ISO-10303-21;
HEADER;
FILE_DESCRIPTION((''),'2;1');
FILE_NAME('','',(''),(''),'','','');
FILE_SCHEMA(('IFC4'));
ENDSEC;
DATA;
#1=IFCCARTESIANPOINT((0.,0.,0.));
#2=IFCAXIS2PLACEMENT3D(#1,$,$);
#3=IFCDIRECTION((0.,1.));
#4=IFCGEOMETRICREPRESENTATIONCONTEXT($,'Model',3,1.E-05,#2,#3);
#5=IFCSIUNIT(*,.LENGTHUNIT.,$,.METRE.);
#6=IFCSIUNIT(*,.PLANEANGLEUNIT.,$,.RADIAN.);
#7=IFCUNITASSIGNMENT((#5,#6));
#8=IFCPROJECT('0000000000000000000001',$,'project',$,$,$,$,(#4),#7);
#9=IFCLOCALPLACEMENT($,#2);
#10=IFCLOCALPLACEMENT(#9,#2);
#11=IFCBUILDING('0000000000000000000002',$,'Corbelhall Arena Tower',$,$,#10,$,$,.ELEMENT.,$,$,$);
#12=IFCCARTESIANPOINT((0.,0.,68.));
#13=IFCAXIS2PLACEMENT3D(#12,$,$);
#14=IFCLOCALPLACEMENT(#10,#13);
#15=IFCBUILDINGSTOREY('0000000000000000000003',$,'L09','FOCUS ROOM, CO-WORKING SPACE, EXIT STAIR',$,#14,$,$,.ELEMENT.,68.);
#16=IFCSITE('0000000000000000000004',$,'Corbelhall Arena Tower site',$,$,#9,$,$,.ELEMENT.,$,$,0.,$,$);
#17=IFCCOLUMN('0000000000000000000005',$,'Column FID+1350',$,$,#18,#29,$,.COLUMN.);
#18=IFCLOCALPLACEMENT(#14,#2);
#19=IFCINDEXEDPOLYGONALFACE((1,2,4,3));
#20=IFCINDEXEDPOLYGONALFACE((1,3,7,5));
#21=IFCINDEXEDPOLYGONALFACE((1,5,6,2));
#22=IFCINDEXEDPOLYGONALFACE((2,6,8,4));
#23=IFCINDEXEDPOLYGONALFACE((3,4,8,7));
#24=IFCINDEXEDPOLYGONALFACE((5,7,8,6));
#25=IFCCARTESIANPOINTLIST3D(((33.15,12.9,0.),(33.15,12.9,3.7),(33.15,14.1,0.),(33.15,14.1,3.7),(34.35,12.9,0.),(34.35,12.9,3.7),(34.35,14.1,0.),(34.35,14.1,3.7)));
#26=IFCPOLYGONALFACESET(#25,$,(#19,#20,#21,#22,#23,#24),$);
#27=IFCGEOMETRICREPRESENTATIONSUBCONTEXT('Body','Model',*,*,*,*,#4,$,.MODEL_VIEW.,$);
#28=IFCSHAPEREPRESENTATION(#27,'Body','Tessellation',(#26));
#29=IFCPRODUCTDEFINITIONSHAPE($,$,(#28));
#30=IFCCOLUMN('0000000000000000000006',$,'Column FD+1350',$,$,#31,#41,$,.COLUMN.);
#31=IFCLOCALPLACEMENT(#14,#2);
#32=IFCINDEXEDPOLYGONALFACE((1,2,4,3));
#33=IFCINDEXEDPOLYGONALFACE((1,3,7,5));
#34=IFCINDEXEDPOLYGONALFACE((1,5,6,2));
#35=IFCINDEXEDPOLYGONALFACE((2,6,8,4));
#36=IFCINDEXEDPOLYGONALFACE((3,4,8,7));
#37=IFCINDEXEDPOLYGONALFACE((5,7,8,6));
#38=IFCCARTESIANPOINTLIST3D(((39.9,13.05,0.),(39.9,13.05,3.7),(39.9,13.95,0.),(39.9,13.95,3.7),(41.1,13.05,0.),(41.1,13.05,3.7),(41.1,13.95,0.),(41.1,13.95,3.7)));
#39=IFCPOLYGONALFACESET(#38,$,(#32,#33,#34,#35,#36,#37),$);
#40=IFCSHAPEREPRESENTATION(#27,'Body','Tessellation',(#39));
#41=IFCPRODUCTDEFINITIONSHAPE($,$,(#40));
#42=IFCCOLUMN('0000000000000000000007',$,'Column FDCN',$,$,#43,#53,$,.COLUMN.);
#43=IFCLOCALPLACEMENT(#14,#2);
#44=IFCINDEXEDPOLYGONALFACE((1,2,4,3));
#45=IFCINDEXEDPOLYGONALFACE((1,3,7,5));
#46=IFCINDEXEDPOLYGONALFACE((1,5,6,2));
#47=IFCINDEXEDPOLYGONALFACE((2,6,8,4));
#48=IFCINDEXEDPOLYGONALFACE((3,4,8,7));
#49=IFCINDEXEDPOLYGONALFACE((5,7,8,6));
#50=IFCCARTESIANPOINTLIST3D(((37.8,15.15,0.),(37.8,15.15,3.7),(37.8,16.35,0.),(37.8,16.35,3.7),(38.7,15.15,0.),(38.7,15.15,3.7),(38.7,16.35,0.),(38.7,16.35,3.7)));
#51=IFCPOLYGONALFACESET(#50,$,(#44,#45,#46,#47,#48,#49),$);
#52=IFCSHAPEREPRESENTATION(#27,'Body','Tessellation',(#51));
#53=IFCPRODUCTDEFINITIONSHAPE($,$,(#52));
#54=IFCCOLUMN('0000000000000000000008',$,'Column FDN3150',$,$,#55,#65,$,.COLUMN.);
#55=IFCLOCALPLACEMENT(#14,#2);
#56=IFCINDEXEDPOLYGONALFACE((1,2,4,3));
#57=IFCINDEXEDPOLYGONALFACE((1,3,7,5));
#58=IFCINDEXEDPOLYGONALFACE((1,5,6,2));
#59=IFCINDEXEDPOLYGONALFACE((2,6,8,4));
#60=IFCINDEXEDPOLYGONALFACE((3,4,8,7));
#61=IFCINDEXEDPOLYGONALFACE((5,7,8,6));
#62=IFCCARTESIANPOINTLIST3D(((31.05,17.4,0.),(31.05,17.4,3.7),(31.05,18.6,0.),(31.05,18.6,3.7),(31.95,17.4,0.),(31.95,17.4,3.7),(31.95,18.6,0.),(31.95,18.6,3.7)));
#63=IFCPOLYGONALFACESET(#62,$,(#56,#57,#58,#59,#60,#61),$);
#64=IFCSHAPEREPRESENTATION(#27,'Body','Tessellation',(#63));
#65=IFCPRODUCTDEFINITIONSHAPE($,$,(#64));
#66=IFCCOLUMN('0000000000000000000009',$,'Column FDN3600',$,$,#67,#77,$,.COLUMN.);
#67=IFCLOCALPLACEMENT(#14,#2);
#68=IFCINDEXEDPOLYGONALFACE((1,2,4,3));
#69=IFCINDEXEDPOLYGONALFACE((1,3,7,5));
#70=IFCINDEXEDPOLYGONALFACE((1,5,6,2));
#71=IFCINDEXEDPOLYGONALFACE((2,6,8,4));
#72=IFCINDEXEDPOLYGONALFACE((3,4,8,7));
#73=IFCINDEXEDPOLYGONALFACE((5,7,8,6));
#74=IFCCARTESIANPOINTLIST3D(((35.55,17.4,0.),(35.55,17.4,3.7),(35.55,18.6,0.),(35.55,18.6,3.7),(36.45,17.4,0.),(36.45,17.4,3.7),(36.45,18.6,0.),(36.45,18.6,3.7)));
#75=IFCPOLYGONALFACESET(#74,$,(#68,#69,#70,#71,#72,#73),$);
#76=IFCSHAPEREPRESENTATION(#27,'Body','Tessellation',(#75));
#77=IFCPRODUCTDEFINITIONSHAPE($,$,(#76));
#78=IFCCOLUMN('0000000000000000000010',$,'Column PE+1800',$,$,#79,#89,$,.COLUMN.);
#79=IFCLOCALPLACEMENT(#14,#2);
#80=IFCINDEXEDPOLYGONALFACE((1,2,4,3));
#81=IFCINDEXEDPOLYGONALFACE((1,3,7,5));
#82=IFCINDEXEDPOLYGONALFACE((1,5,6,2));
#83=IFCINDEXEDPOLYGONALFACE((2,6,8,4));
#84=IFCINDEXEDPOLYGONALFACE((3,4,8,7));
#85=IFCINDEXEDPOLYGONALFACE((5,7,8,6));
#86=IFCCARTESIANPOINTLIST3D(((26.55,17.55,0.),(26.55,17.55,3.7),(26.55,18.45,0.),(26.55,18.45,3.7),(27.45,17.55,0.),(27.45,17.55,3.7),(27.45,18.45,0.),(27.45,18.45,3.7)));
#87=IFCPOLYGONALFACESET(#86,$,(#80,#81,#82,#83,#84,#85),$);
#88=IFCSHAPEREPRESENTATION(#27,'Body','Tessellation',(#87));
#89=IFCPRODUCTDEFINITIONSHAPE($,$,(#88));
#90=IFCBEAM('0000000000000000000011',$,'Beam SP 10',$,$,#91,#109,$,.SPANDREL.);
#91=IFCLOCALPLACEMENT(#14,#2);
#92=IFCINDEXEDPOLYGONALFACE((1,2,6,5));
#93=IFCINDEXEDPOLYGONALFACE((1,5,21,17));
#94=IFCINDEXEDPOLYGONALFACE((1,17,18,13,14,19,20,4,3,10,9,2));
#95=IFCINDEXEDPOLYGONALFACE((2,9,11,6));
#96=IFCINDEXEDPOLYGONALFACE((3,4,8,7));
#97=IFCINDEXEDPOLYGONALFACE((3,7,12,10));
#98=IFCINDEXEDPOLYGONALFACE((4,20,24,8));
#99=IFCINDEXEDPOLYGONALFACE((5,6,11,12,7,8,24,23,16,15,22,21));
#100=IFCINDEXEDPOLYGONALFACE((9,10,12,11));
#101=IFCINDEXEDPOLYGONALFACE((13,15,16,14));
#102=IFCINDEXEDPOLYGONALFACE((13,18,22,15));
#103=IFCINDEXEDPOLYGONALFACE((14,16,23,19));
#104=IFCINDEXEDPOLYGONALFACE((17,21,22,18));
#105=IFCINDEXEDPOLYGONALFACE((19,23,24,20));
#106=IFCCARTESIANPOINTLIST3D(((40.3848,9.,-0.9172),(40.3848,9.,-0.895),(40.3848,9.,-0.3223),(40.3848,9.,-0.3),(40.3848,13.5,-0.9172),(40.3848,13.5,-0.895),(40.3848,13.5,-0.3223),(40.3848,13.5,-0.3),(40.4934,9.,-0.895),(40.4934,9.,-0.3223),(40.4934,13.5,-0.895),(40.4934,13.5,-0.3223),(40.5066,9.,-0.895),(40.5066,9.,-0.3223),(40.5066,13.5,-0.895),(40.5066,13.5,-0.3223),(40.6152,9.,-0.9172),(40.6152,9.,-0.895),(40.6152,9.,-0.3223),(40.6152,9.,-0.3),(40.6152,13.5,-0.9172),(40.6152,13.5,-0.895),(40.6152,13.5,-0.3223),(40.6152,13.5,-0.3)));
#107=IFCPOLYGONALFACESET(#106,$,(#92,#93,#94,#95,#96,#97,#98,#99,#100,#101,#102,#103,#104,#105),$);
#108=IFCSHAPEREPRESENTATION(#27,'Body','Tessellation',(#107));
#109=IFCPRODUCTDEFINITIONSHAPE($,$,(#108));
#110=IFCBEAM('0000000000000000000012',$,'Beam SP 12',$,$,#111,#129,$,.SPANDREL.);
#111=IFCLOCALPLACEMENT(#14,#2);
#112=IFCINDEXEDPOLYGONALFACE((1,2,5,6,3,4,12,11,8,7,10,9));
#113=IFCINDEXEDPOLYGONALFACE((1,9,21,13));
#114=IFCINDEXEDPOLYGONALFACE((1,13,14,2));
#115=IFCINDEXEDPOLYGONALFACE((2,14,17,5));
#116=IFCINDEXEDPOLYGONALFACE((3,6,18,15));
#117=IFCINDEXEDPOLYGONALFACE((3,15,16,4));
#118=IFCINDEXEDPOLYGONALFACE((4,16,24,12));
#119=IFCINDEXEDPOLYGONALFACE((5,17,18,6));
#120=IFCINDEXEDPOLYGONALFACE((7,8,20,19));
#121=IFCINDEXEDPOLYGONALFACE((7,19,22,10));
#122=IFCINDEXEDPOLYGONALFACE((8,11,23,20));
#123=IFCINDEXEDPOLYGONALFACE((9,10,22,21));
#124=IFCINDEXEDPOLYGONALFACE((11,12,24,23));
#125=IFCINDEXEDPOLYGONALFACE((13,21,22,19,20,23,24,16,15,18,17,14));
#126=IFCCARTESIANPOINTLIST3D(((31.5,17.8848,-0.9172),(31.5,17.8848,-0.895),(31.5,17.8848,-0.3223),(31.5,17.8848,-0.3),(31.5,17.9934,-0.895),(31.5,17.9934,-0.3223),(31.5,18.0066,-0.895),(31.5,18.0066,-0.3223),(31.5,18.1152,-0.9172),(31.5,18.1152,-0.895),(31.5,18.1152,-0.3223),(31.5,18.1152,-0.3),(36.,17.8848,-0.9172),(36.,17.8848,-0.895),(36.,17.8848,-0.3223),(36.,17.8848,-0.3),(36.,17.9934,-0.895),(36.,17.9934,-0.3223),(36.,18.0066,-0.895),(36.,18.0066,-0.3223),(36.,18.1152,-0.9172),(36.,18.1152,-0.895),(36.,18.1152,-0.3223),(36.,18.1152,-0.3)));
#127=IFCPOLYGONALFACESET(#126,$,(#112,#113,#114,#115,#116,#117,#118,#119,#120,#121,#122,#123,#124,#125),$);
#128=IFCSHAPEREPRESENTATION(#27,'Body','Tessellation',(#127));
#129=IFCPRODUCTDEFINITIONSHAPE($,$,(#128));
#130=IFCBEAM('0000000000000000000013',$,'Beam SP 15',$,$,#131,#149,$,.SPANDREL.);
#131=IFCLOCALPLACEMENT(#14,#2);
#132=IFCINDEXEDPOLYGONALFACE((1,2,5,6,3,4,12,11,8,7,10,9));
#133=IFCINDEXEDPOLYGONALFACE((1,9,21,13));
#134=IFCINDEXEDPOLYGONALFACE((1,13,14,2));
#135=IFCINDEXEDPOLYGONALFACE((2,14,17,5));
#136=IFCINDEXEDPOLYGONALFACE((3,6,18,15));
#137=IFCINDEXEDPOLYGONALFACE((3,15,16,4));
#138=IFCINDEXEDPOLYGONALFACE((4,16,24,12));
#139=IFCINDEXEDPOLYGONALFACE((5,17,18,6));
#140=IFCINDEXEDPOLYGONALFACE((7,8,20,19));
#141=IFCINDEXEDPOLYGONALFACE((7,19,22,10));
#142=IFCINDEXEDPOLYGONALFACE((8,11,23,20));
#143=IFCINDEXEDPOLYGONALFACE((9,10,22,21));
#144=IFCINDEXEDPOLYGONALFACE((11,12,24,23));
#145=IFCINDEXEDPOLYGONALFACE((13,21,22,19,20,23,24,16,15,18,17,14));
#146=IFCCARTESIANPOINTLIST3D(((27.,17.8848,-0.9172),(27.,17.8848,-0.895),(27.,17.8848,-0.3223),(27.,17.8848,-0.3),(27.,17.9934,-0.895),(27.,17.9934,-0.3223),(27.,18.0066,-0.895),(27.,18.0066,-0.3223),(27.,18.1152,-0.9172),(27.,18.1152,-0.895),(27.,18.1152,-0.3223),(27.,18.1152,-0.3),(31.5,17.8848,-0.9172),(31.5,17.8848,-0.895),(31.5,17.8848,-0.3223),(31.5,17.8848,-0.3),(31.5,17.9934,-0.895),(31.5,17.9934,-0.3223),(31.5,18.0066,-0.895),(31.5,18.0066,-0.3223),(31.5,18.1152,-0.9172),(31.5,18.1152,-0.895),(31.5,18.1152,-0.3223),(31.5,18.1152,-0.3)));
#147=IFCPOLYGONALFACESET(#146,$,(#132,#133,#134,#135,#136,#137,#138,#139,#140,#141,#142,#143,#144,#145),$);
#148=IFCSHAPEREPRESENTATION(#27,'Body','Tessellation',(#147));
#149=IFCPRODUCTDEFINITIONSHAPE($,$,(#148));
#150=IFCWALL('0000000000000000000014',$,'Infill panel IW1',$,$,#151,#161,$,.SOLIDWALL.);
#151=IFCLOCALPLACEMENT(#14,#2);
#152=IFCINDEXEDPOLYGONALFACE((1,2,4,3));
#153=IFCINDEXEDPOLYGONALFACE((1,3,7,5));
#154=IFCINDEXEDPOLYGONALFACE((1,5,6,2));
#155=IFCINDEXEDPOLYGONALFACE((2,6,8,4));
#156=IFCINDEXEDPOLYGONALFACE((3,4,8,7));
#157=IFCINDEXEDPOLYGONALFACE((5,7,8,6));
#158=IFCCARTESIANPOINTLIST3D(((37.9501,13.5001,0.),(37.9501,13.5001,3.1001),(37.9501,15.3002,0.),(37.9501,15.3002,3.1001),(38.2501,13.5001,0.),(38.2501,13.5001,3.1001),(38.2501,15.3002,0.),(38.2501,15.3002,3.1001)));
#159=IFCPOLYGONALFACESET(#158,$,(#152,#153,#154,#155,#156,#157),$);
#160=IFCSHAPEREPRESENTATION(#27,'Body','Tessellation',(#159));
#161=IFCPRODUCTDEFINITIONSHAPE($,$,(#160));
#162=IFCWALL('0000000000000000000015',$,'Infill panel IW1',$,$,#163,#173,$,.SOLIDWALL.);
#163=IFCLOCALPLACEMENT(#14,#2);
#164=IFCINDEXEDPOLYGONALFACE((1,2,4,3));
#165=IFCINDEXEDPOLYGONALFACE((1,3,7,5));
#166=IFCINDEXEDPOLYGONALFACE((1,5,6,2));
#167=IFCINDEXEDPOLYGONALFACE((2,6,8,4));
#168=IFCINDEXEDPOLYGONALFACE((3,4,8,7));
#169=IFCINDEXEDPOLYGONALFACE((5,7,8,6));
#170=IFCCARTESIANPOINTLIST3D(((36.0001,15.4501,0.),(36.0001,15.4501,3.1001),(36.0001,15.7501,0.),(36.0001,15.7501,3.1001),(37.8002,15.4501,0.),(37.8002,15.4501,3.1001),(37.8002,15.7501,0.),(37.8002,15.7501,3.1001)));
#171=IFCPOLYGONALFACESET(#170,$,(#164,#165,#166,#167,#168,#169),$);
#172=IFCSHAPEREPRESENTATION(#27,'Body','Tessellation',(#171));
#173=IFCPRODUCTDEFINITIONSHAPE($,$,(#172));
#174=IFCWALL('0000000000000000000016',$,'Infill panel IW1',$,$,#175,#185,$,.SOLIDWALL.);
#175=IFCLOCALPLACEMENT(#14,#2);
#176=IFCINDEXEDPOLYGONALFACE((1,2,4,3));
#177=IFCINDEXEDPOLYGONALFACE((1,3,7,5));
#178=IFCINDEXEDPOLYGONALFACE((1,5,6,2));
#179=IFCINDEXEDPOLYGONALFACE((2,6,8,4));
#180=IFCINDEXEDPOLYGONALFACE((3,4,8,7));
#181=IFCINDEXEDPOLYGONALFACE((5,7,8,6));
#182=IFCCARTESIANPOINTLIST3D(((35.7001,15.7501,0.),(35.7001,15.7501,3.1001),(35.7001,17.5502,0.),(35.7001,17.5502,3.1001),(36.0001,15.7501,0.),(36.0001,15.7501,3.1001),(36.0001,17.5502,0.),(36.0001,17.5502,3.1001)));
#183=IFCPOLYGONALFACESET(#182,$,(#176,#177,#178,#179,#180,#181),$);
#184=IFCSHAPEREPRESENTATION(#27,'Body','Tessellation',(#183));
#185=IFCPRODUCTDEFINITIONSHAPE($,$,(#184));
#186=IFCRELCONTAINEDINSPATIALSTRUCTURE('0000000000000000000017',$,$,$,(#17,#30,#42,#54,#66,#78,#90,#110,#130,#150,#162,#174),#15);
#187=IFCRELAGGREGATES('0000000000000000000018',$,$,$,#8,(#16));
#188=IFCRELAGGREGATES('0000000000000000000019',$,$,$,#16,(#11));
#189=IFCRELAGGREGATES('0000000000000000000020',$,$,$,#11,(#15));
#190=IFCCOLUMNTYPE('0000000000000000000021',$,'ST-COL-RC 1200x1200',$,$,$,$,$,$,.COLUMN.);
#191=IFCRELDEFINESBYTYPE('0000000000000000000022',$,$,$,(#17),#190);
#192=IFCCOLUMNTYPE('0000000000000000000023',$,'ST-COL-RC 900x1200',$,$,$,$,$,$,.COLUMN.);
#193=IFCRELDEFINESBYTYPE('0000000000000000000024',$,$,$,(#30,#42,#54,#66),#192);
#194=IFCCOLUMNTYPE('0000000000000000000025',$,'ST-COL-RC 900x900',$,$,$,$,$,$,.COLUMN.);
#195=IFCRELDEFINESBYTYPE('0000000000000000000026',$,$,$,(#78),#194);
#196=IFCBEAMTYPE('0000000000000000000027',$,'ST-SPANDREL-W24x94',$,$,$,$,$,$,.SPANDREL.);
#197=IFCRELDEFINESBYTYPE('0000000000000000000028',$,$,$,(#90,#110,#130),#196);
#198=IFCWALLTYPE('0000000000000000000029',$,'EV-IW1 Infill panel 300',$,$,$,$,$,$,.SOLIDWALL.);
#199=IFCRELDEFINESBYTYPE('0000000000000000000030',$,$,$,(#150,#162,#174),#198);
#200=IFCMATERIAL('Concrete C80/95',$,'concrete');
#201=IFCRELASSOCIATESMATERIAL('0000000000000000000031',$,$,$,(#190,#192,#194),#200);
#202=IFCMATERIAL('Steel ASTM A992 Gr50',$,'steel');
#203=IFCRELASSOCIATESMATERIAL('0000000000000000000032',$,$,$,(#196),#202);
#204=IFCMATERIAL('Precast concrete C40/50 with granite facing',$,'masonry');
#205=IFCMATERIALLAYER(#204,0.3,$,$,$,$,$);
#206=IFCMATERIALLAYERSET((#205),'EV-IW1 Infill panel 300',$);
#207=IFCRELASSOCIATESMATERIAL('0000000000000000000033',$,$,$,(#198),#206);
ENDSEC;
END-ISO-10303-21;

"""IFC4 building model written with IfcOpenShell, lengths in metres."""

from ifc_helpers import new_model, si_unit, direction, frame, frame_2d, origin, origin_2d, place, context, subcontext, project, spatial, rectangle, i_section, extrude, material, layer, layer_set, material_profile, profile_set, type_object, element, save


model = new_model("IFC4")

# Units and contexts
model_context = context("Model", 3, precision=1e-05, world=origin(), true_north=direction((0.0, 1.0)))
body_context = subcontext(model_context, "Body", "Model", "MODEL_VIEW")
ifc_project = project(units=[si_unit("LENGTHUNIT", "METRE"), si_unit("PLANEANGLEUNIT", "RADIAN")], contexts=[model_context])

# Site, building, storey
site_placement = place(None, origin())
site = spatial("IfcSite", under=ifc_project, at=site_placement, Name="Corbelhall Arena Tower site", CompositionType="ELEMENT", RefElevation=0.0)
building_placement = place(site_placement, origin())
building = spatial("IfcBuilding", under=site, at=building_placement, Name="Corbelhall Arena Tower", CompositionType="ELEMENT")
storey_placement = place(building_placement, frame((0.0, 0.0, 68.0)))
storey = spatial("IfcBuildingStorey", under=building, at=storey_placement, Name="L09", Description="FOCUS ROOM, CO-WORKING SPACE, EXIT STAIR", CompositionType="ELEMENT", Elevation=68.0)

# Columns
ifc_material_1 = material(Name="Concrete C80/95", Category="concrete")
ifc_material_profile_1 = material_profile(ifc_material_1, rectangle(XDim=1.2, YDim=1.2, at=origin_2d()))
ifc_profile_set_1 = profile_set([ifc_material_profile_1], Name="Concrete C80/95")
column_type_1 = type_object("IfcColumnType", Name="ST-COL-RC 1200x1200", PredefinedType="COLUMN", material=ifc_profile_set_1)
column_1_placement = place(storey_placement, frame((33.75, 13.5, 0.0), z_axis=(0.0, 0.0, 1.0), x_axis=(1.0, 0.0, 0.0)))
element("IfcColumn", 1, at=column_1_placement, inside=storey, type_object=column_type_1, Name="Column FID+1350", PredefinedType="COLUMN", context=body_context, shape_type="SweptSolid", body=[
    extrude(rectangle(XDim=1.2, YDim=1.2, at=origin_2d()), origin(), (0.0, 0.0, 1.0), 3.7),
])
ifc_material_profile_2 = material_profile(ifc_material_1, rectangle(XDim=0.8999, YDim=1.2, at=origin_2d()))
ifc_profile_set_2 = profile_set([ifc_material_profile_2], Name="Concrete C80/95")
column_type_2 = type_object("IfcColumnType", Name="ST-COL-RC 900x1200", PredefinedType="COLUMN", material=ifc_profile_set_2)
for number, where, z_axis, x_axis, name in (
    (2, (40.5, 13.5, 0.0), (0.0, 0.0, 1.0), (0.0, 1.0, 0.0), "Column FD+1350"),
    (3, (38.25, 15.75, 0.0), (0.0, 0.0, 1.0), (1.0, 0.0, 0.0), "Column FDCN"),
    (4, (31.5, 18.0, 0.0), (0.0, 0.0, 1.0), (1.0, 0.0, 0.0), "Column FDN3150"),
    (5, (36.0, 18.0, 0.0), (0.0, 0.0, 1.0), (1.0, 0.0, 0.0), "Column FDN3600"),
):
    element("IfcColumn", number, at=place(storey_placement, frame(where, z_axis=z_axis, x_axis=x_axis)), inside=storey, type_object=column_type_2, Name=name, PredefinedType="COLUMN", context=body_context, shape_type="SweptSolid", body=[
        extrude(rectangle(XDim=0.8999, YDim=1.2, at=origin_2d()), origin(), (0.0, 0.0, 1.0), 3.7),
    ])
ifc_material_profile_3 = material_profile(ifc_material_1, rectangle(XDim=0.8999, YDim=0.8999, at=origin_2d()))
ifc_profile_set_3 = profile_set([ifc_material_profile_3], Name="Concrete C80/95")
column_type_3 = type_object("IfcColumnType", Name="ST-COL-RC 900x900", PredefinedType="COLUMN", material=ifc_profile_set_3)
column_2_placement = place(storey_placement, frame((27.0, 18.0, 0.0), z_axis=(0.0, 0.0, 1.0), x_axis=(1.0, 0.0, 0.0)))
element("IfcColumn", 6, at=column_2_placement, inside=storey, type_object=column_type_3, Name="Column PE+1800", PredefinedType="COLUMN", context=body_context, shape_type="SweptSolid", body=[
    extrude(rectangle(XDim=0.8999, YDim=0.8999, at=origin_2d()), origin(), (0.0, 0.0, 1.0), 3.7),
])

# Beams
ifc_material_2 = material(Name="Steel ASTM A992 Gr50", Category="steel")
ifc_material_profile_4 = material_profile(ifc_material_2, i_section(OverallWidth=0.2305, OverallDepth=0.6172, WebThickness=0.0132, FlangeThickness=0.0222, at=origin_2d()))
ifc_profile_set_4 = profile_set([ifc_material_profile_4], Name="Steel ASTM A992 Gr50")
beam_type = type_object("IfcBeamType", Name="ST-SPANDREL-W24x94", PredefinedType="SPANDREL", material=ifc_profile_set_4)
for number, where, z_axis, x_axis, name in (
    (7, (40.5, 13.5, -0.6086), (0.0, -1.0, 0.0), (1.0, 0.0, 0.0), "Beam SP 10"),
    (8, (31.5, 18.0, -0.6086), (1.0, 0.0, 0.0), (0.0, 1.0, 0.0), "Beam SP 12"),
    (9, (27.0, 18.0, -0.6086), (1.0, 0.0, 0.0), (0.0, 1.0, 0.0), "Beam SP 15"),
):
    element("IfcBeam", number, at=place(storey_placement, frame(where, z_axis=z_axis, x_axis=x_axis)), inside=storey, type_object=beam_type, Name=name, PredefinedType="SPANDREL", context=body_context, shape_type="SweptSolid", body=[
        extrude(i_section(OverallWidth=0.2305, OverallDepth=0.6172, WebThickness=0.0132, FlangeThickness=0.0222, at=origin_2d()), origin(), (0.0, 0.0, 1.0), 4.5),
    ])

# Walls
ifc_material_3 = material(Name="Precast concrete C40/50 with granite facing", Category="masonry")
ifc_layer = layer(ifc_material_3, 0.3)
ifc_layer_set = layer_set([ifc_layer], Name="EV-IW1 Infill panel 300")
wall_type = type_object("IfcWallType", Name="EV-IW1 Infill panel 300", PredefinedType="SOLIDWALL", material=ifc_layer_set)
for number, where, z_axis, x_axis, name in (
    (10, (38.1001, 15.3, 0.0), (0.0, 0.0, 1.0), (0.0, -1.0, 0.0), "Infill panel IW1"),
    (11, (37.8, 15.6001, 0.0), (0.0, 0.0, 1.0), (-1.0, 0.0, 0.0), "Infill panel IW1"),
    (12, (35.8501, 17.55, 0.0), (0.0, 0.0, 1.0), (0.0, -1.0, 0.0), "Infill panel IW1"),
):
    element("IfcWall", number, at=place(storey_placement, frame(where, z_axis=z_axis, x_axis=x_axis)), inside=storey, type_object=wall_type, Name=name, PredefinedType="SOLIDWALL", context=body_context, shape_type="SweptSolid", body=[
        extrude(rectangle(XDim=1.8, YDim=0.3, at=frame_2d((0.8999, 0.0))), origin(), (0.0, 0.0, 1.0), 3.1001),
    ])

save(model, "model.ifc")
